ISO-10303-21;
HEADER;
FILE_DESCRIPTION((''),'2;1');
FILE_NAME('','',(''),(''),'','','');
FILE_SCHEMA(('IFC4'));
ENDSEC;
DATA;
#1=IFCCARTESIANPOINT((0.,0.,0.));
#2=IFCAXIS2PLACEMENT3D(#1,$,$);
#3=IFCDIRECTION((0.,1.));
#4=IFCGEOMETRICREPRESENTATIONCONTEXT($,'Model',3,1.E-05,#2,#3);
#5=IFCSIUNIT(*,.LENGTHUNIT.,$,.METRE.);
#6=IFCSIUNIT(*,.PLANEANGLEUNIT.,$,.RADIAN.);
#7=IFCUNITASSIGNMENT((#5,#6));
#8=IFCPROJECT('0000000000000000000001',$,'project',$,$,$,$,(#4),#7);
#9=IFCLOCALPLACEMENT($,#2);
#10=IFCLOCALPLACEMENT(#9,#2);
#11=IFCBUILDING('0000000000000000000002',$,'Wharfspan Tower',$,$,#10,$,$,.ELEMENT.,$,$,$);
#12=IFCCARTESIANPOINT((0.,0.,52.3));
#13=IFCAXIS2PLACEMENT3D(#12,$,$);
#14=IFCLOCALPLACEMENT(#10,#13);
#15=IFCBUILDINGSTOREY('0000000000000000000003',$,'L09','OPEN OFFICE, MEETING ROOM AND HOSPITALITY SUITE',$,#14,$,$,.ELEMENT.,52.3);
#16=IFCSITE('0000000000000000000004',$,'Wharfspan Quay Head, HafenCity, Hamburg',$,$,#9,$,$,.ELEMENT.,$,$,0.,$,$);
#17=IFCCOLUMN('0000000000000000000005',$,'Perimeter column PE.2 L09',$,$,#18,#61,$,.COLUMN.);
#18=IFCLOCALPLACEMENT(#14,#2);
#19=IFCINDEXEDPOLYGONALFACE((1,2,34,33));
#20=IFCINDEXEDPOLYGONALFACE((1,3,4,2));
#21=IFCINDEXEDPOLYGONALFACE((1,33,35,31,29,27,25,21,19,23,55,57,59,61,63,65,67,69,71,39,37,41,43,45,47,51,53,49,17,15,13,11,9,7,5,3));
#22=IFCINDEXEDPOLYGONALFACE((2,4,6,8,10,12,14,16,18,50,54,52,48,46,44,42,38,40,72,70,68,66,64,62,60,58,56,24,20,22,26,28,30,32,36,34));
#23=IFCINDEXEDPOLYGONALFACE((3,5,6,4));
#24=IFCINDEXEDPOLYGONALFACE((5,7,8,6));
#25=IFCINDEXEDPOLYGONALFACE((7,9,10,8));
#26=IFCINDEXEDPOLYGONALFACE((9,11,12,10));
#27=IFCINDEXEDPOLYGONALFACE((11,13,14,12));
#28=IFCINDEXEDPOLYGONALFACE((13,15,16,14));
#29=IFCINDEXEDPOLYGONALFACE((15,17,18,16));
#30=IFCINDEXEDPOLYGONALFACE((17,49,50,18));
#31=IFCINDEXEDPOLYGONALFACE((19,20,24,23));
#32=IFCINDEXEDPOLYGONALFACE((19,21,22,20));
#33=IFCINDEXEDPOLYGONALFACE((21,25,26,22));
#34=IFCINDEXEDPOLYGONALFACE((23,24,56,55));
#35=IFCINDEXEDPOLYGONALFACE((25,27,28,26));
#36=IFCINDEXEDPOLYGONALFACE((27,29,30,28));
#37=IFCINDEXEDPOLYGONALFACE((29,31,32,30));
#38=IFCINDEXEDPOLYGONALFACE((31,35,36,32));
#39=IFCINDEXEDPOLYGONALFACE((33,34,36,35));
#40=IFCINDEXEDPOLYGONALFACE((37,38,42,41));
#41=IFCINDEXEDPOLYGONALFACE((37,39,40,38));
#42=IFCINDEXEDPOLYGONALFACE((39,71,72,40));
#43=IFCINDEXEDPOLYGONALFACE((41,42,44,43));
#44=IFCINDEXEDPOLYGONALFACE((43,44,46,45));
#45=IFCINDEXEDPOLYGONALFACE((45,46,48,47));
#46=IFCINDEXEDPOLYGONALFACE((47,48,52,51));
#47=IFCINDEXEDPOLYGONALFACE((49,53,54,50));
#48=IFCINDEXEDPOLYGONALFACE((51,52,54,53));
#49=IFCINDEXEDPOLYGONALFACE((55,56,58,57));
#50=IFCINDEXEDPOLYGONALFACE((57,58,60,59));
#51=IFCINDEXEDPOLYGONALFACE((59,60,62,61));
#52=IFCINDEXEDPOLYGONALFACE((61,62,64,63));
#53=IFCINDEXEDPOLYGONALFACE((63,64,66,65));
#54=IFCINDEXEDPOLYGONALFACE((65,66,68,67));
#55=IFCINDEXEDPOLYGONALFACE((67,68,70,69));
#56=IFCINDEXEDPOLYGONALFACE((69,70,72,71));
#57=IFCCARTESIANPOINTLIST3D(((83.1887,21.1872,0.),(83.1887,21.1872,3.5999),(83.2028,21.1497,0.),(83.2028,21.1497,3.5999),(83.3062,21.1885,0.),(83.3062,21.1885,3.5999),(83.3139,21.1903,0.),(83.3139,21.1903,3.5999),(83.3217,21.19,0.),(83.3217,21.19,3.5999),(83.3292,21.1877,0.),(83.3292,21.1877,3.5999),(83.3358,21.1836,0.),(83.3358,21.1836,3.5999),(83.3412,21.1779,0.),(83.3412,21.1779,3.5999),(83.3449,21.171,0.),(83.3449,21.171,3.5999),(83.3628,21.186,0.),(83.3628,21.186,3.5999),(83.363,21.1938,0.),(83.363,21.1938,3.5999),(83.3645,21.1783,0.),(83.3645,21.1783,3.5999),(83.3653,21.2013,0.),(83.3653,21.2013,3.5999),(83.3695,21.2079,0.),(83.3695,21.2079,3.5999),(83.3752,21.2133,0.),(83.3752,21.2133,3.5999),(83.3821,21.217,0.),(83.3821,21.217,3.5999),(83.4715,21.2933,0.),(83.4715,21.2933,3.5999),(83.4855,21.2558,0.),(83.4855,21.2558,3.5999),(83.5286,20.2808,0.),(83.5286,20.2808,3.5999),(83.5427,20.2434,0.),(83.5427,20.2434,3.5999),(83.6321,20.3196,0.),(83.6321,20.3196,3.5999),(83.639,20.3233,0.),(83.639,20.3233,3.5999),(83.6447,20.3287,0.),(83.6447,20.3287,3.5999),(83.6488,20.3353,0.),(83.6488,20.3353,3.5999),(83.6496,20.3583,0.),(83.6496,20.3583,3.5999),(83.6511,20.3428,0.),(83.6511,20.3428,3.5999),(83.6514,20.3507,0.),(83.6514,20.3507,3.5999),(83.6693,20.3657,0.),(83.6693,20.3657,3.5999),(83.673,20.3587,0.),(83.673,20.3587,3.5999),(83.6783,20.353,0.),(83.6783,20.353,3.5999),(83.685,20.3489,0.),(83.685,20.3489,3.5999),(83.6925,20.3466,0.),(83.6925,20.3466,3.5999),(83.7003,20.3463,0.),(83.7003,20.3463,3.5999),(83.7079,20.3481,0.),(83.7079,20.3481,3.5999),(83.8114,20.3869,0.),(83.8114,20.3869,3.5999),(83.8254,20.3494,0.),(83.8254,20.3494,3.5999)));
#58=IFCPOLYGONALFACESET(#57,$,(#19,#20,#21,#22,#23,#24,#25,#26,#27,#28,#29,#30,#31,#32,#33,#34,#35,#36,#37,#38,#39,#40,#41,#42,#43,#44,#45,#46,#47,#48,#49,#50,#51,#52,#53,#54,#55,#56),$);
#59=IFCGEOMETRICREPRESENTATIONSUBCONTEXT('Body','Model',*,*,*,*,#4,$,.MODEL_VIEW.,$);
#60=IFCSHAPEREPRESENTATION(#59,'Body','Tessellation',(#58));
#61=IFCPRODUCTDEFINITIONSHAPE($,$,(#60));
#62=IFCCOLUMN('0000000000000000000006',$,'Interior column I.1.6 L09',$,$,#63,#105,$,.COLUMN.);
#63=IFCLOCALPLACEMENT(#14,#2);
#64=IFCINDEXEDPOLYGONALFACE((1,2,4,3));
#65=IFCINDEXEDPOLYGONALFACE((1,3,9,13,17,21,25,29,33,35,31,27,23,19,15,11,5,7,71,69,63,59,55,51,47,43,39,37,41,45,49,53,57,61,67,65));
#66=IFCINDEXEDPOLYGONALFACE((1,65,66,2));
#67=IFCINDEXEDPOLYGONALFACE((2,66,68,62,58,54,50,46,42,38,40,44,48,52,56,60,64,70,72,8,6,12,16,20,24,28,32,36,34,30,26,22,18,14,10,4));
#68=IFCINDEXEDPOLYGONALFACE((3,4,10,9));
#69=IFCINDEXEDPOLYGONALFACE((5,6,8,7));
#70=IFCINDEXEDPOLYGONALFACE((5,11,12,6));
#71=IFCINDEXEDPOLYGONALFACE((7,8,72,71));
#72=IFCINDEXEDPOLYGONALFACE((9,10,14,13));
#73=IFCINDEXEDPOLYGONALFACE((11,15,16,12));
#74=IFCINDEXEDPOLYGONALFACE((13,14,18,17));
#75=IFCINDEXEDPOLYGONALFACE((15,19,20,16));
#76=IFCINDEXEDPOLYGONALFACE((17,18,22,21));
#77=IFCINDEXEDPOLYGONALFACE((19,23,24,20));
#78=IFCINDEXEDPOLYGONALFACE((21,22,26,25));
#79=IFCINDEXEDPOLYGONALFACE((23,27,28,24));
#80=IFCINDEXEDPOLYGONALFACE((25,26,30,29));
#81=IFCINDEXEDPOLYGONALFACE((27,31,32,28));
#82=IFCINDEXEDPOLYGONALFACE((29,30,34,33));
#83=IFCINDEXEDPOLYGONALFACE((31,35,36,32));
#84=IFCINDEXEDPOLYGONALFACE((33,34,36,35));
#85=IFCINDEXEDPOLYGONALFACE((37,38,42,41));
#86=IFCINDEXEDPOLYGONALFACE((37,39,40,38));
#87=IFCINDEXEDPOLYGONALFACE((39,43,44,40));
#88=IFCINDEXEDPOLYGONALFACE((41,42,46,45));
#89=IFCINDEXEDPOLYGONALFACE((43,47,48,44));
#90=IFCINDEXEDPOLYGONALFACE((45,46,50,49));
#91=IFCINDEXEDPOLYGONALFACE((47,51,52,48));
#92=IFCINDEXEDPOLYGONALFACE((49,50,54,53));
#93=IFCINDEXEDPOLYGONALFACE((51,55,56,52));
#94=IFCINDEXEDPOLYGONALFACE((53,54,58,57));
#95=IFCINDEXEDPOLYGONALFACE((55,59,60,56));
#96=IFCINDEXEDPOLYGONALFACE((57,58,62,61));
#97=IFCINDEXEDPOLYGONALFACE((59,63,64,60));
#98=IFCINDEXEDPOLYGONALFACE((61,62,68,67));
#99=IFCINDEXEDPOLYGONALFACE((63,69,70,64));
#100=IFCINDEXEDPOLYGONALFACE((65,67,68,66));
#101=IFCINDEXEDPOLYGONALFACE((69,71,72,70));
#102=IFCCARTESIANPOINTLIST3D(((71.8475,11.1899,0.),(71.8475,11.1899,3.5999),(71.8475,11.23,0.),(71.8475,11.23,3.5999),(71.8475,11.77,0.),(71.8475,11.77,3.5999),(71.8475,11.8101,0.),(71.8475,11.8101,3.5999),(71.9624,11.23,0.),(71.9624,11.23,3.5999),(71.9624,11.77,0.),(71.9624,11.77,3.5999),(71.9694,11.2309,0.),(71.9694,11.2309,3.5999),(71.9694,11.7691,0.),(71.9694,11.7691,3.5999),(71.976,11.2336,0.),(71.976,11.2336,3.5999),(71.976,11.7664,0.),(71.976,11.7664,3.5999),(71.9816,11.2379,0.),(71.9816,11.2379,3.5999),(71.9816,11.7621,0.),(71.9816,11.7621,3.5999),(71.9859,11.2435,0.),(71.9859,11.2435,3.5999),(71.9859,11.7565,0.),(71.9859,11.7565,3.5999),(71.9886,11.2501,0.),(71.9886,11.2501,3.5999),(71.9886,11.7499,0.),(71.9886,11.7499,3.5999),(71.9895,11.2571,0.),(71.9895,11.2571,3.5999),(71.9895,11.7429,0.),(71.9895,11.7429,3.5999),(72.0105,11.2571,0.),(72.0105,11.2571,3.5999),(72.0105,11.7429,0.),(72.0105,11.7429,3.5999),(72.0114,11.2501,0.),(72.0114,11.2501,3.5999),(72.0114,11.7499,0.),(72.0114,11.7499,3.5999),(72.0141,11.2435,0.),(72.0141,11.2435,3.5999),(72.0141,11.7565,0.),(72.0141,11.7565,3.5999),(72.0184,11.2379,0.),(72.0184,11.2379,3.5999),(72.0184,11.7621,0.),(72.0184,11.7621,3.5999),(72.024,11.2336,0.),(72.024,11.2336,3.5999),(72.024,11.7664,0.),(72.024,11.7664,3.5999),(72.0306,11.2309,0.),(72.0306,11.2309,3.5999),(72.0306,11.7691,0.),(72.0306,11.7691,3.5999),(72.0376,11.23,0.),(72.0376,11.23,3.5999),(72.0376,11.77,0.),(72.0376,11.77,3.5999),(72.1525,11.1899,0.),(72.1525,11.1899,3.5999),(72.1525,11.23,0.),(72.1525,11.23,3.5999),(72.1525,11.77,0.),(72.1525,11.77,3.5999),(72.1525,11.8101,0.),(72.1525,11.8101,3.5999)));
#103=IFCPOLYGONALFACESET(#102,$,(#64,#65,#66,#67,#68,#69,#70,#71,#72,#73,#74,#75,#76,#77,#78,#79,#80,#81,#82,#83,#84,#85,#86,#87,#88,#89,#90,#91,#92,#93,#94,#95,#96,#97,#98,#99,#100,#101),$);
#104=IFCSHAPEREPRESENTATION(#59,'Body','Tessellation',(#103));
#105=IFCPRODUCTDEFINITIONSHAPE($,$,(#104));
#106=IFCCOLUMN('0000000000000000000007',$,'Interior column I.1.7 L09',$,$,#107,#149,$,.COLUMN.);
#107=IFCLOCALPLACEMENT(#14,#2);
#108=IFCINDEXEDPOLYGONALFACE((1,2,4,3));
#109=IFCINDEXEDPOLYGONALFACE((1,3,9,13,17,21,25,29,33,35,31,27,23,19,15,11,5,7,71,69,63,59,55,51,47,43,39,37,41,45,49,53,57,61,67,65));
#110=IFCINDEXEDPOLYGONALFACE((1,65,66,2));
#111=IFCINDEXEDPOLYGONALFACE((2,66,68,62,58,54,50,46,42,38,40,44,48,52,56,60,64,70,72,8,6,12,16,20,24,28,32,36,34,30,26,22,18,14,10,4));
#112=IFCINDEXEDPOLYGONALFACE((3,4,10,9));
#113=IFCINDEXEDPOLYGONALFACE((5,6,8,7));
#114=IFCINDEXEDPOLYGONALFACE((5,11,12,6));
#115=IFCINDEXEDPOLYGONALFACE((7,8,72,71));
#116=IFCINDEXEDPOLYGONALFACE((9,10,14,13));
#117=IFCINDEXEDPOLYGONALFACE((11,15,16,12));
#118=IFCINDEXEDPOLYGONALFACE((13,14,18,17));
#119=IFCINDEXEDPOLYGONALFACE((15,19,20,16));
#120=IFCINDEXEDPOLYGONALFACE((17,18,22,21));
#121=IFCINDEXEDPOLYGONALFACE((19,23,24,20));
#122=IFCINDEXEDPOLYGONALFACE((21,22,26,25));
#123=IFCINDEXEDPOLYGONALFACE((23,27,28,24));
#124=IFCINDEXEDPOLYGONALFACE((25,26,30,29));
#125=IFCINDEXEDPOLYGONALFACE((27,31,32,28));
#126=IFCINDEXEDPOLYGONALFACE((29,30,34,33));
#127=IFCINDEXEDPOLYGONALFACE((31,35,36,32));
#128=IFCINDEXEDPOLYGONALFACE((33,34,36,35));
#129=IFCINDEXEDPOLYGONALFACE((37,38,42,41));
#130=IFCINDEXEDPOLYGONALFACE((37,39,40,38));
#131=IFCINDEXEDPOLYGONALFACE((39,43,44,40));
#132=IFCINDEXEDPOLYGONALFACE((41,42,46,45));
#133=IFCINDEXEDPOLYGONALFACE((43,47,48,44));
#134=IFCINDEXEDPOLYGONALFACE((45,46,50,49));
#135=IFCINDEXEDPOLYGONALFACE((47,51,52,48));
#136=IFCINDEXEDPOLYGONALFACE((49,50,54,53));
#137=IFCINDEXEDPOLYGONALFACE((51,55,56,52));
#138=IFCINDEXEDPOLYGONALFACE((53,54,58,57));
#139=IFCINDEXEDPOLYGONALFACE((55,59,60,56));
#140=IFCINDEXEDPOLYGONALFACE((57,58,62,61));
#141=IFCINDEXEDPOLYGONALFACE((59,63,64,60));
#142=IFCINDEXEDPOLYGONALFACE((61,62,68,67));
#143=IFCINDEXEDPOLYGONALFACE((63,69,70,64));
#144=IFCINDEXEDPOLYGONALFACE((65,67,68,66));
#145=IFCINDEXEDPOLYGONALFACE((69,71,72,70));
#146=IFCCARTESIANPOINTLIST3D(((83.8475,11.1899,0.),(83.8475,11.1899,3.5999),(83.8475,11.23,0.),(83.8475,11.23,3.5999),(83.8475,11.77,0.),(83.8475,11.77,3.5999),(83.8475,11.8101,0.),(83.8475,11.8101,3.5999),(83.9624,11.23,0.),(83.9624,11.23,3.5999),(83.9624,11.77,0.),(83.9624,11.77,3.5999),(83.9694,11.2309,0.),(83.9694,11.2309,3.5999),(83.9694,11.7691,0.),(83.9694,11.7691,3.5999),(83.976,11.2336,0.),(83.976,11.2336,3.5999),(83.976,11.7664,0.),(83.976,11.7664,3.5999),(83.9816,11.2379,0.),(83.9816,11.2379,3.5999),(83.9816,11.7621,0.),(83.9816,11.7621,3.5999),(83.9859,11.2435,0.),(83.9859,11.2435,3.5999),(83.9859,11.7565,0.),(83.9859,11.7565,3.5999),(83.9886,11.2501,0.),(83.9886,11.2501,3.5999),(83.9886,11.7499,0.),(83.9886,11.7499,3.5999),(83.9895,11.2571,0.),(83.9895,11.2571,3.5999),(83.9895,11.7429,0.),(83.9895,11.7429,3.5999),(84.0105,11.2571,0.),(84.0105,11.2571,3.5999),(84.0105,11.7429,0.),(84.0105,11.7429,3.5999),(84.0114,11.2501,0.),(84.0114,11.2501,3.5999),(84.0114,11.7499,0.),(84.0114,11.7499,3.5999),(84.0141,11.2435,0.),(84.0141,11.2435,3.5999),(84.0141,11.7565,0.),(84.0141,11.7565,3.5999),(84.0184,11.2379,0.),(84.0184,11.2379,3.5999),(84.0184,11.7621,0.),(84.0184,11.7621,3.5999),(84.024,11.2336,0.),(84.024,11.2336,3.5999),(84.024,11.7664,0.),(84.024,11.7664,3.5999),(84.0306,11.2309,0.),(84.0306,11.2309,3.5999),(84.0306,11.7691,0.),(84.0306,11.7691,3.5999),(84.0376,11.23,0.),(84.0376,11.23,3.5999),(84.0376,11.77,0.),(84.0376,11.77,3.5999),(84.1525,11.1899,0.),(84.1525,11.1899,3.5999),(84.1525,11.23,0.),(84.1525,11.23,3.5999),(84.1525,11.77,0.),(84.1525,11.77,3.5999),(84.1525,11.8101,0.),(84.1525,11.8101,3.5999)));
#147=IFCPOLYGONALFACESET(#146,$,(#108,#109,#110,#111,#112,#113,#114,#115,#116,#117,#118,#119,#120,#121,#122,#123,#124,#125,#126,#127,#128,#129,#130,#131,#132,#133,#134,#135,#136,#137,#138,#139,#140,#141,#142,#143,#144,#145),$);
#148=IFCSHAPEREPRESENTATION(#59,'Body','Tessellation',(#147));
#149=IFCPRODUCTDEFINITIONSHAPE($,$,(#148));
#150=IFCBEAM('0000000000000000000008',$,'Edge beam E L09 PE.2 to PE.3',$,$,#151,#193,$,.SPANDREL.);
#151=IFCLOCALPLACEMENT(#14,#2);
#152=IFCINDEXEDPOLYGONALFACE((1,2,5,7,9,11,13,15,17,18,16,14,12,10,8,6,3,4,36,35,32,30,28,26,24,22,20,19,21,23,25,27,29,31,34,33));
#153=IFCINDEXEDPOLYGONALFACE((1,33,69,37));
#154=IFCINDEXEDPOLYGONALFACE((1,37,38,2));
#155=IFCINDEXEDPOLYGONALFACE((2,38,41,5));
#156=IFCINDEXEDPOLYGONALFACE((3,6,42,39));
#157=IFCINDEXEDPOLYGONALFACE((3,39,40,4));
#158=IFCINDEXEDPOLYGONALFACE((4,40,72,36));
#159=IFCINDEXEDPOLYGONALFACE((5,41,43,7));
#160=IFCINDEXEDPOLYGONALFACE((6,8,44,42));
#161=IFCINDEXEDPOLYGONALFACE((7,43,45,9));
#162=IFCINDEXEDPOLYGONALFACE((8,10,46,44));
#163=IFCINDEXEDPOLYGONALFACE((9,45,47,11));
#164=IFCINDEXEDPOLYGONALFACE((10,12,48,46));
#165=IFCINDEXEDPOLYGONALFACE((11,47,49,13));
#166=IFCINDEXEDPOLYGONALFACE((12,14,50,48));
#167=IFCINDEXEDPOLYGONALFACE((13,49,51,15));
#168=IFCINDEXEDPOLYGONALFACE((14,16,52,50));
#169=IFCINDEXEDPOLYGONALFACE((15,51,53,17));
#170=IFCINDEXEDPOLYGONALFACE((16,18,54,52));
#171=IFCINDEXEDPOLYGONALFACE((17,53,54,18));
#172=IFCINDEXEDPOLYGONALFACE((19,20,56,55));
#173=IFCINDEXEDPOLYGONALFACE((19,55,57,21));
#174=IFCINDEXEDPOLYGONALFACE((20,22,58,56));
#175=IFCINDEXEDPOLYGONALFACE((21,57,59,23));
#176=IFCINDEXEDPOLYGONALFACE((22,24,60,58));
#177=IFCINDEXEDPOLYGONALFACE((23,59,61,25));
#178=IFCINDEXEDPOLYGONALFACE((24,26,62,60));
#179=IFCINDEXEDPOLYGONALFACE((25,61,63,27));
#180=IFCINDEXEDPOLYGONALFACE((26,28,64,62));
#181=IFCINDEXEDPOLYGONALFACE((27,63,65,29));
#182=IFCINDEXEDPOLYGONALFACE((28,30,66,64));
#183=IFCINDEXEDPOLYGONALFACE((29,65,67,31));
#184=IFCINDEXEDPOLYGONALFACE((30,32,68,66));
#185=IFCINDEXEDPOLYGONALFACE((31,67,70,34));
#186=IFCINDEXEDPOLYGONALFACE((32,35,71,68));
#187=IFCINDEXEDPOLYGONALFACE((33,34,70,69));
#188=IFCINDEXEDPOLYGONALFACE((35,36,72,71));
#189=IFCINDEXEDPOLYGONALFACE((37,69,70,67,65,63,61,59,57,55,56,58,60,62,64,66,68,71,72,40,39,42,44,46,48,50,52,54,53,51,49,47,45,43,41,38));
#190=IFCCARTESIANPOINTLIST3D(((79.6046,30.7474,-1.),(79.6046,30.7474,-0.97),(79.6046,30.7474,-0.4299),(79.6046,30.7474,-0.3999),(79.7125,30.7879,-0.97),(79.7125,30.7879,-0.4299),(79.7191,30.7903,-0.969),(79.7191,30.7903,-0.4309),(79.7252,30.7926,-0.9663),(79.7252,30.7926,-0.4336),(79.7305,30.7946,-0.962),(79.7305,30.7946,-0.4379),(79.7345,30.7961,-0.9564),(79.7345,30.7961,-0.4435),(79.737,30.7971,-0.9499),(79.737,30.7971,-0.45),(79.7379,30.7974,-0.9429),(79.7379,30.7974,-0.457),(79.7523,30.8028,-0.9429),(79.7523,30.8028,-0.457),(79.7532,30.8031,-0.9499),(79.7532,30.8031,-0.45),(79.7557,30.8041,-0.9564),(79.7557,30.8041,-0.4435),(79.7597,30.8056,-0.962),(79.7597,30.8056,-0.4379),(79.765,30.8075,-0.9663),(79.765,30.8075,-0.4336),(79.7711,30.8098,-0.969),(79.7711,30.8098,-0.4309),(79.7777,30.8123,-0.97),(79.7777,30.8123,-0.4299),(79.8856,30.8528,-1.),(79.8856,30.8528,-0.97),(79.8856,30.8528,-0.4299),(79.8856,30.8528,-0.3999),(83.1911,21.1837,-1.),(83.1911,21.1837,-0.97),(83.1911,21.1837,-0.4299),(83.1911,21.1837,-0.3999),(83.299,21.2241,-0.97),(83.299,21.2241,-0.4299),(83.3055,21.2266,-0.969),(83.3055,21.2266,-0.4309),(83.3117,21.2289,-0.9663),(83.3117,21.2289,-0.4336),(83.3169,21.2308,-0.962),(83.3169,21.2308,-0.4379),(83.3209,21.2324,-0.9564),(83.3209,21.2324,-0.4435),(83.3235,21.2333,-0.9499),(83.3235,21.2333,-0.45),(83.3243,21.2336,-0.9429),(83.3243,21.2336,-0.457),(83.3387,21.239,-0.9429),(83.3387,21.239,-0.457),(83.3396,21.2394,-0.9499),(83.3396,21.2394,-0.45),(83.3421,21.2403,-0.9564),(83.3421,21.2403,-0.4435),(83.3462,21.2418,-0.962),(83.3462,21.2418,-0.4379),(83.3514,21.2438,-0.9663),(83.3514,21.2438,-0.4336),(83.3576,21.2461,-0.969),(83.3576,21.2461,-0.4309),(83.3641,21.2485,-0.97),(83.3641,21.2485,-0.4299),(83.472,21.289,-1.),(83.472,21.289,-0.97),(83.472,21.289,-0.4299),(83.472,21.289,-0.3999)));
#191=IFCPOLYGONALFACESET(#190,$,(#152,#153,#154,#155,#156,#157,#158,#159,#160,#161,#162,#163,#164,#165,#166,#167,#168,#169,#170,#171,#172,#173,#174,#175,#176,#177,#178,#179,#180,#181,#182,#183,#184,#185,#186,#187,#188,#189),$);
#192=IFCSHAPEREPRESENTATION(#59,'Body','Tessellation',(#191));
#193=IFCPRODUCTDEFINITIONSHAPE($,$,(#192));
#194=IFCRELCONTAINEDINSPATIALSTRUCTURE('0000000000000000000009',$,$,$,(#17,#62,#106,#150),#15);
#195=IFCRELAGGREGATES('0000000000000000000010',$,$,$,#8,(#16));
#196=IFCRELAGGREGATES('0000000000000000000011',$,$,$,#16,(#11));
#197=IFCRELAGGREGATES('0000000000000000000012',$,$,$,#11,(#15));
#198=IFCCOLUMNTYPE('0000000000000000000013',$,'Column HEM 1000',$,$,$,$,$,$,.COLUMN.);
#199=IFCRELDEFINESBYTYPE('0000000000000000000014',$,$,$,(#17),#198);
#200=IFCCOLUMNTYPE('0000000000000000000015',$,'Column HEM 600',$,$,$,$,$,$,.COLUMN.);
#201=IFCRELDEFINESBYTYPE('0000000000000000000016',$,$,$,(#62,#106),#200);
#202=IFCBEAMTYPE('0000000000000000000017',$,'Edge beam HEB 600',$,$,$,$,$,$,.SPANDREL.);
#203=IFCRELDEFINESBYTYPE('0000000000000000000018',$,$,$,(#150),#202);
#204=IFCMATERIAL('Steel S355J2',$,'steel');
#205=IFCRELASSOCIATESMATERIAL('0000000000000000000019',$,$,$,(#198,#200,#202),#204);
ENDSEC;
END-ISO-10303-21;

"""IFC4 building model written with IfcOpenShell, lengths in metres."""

from ifc_helpers import new_model, si_unit, direction, frame, origin, origin_2d, place, context, subcontext, project, spatial, i_section, extrude, material, material_profile, profile_set, type_object, element, save


model = new_model("IFC4")

# Units and contexts
model_context = context("Model", 3, precision=1e-05, world=origin(), true_north=direction((0.0, 1.0)))
body_context = subcontext(model_context, "Body", "Model", "MODEL_VIEW")
ifc_project = project(units=[si_unit("LENGTHUNIT", "METRE"), si_unit("PLANEANGLEUNIT", "RADIAN")], contexts=[model_context])

# Site, building, storey
site_placement = place(None, origin())
site = spatial("IfcSite", under=ifc_project, at=site_placement, Name="Wharfspan Quay Head, HafenCity, Hamburg", CompositionType="ELEMENT", RefElevation=0.0)
building_placement = place(site_placement, origin())
building = spatial("IfcBuilding", under=site, at=building_placement, Name="Wharfspan Tower", CompositionType="ELEMENT")
storey_placement = place(building_placement, frame((0.0, 0.0, 52.3)))
storey = spatial("IfcBuildingStorey", under=building, at=storey_placement, Name="L09", Description="OPEN OFFICE, MEETING ROOM AND HOSPITALITY SUITE", CompositionType="ELEMENT", Elevation=52.3)

# Columns
ifc_material_1 = material(Name="Steel S355J2", Category="steel")
ifc_material_profile_1 = material_profile(ifc_material_1, i_section(OverallWidth=0.302, OverallDepth=1.0081, WebThickness=0.021, FlangeThickness=0.04, FilletRadius=0.03, at=origin_2d()))
ifc_profile_set_1 = profile_set([ifc_material_profile_1], Name="Steel S355J2")
column_type_1 = type_object("IfcColumnType", Name="Column HEM 1000", PredefinedType="COLUMN", material=ifc_profile_set_1)
column_placement = place(storey_placement, frame((83.5071, 20.7683, 0.0), z_axis=(0.0, 0.0, 1.0), x_axis=(0.936328, 0.351123, 0.0)))
element("IfcColumn", 1, at=column_placement, inside=storey, type_object=column_type_1, Name="Perimeter column PE.2 L09", PredefinedType="COLUMN", context=body_context, shape_type="SweptSolid", body=[
    extrude(i_section(OverallWidth=0.302, OverallDepth=1.0081, WebThickness=0.021, FlangeThickness=0.04, FilletRadius=0.03, at=origin_2d()), origin(), (0.0, 0.0, 1.0), 3.5999),
])
ifc_material_profile_2 = material_profile(ifc_material_1, i_section(OverallWidth=0.3049, OverallDepth=0.6201, WebThickness=0.021, FlangeThickness=0.04, FilletRadius=0.0271, at=origin_2d()))
ifc_profile_set_2 = profile_set([ifc_material_profile_2], Name="Steel S355J2")
column_type_2 = type_object("IfcColumnType", Name="Column HEM 600", PredefinedType="COLUMN", material=ifc_profile_set_2)
for number, where, z_axis, x_axis, name in (
    (2, (72.0, 11.5, 0.0), (0.0, 0.0, 1.0), (1.0, 0.0, 0.0), "Interior column I.1.6 L09"),
    (3, (84.0, 11.5, 0.0), (0.0, 0.0, 1.0), (1.0, 0.0, 0.0), "Interior column I.1.7 L09"),
):
    element("IfcColumn", number, at=place(storey_placement, frame(where, z_axis=z_axis, x_axis=x_axis)), inside=storey, type_object=column_type_2, Name=name, PredefinedType="COLUMN", context=body_context, shape_type="SweptSolid", body=[
        extrude(i_section(OverallWidth=0.3049, OverallDepth=0.6201, WebThickness=0.021, FlangeThickness=0.04, FilletRadius=0.0271, at=origin_2d()), origin(), (0.0, 0.0, 1.0), 3.5999),
    ])

# Beam
ifc_material_profile_3 = material_profile(ifc_material_1, i_section(OverallWidth=0.3, OverallDepth=0.6001, WebThickness=0.0154, FlangeThickness=0.03, FilletRadius=0.0271, at=origin_2d()))
ifc_profile_set_3 = profile_set([ifc_material_profile_3], Name="Steel S355J2")
beam_type = type_object("IfcBeamType", Name="Edge beam HEB 600", PredefinedType="SPANDREL", material=ifc_profile_set_3)
beam_placement = place(storey_placement, frame((83.3315, 21.2363, -0.7), z_axis=(-0.351126, 0.936328, 0.0), x_axis=(-0.936328, -0.351126, 0.0)))
element("IfcBeam", 4, at=beam_placement, inside=storey, type_object=beam_type, Name="Edge beam E L09 PE.2 to PE.3", PredefinedType="SPANDREL", context=body_context, shape_type="SweptSolid", body=[
    extrude(i_section(OverallWidth=0.3, OverallDepth=0.6001, WebThickness=0.0154, FlangeThickness=0.03, FilletRadius=0.0271, at=origin_2d()), origin(), (0.0, 0.0, 1.0), 10.2141),
])

save(model, "model.ifc")
